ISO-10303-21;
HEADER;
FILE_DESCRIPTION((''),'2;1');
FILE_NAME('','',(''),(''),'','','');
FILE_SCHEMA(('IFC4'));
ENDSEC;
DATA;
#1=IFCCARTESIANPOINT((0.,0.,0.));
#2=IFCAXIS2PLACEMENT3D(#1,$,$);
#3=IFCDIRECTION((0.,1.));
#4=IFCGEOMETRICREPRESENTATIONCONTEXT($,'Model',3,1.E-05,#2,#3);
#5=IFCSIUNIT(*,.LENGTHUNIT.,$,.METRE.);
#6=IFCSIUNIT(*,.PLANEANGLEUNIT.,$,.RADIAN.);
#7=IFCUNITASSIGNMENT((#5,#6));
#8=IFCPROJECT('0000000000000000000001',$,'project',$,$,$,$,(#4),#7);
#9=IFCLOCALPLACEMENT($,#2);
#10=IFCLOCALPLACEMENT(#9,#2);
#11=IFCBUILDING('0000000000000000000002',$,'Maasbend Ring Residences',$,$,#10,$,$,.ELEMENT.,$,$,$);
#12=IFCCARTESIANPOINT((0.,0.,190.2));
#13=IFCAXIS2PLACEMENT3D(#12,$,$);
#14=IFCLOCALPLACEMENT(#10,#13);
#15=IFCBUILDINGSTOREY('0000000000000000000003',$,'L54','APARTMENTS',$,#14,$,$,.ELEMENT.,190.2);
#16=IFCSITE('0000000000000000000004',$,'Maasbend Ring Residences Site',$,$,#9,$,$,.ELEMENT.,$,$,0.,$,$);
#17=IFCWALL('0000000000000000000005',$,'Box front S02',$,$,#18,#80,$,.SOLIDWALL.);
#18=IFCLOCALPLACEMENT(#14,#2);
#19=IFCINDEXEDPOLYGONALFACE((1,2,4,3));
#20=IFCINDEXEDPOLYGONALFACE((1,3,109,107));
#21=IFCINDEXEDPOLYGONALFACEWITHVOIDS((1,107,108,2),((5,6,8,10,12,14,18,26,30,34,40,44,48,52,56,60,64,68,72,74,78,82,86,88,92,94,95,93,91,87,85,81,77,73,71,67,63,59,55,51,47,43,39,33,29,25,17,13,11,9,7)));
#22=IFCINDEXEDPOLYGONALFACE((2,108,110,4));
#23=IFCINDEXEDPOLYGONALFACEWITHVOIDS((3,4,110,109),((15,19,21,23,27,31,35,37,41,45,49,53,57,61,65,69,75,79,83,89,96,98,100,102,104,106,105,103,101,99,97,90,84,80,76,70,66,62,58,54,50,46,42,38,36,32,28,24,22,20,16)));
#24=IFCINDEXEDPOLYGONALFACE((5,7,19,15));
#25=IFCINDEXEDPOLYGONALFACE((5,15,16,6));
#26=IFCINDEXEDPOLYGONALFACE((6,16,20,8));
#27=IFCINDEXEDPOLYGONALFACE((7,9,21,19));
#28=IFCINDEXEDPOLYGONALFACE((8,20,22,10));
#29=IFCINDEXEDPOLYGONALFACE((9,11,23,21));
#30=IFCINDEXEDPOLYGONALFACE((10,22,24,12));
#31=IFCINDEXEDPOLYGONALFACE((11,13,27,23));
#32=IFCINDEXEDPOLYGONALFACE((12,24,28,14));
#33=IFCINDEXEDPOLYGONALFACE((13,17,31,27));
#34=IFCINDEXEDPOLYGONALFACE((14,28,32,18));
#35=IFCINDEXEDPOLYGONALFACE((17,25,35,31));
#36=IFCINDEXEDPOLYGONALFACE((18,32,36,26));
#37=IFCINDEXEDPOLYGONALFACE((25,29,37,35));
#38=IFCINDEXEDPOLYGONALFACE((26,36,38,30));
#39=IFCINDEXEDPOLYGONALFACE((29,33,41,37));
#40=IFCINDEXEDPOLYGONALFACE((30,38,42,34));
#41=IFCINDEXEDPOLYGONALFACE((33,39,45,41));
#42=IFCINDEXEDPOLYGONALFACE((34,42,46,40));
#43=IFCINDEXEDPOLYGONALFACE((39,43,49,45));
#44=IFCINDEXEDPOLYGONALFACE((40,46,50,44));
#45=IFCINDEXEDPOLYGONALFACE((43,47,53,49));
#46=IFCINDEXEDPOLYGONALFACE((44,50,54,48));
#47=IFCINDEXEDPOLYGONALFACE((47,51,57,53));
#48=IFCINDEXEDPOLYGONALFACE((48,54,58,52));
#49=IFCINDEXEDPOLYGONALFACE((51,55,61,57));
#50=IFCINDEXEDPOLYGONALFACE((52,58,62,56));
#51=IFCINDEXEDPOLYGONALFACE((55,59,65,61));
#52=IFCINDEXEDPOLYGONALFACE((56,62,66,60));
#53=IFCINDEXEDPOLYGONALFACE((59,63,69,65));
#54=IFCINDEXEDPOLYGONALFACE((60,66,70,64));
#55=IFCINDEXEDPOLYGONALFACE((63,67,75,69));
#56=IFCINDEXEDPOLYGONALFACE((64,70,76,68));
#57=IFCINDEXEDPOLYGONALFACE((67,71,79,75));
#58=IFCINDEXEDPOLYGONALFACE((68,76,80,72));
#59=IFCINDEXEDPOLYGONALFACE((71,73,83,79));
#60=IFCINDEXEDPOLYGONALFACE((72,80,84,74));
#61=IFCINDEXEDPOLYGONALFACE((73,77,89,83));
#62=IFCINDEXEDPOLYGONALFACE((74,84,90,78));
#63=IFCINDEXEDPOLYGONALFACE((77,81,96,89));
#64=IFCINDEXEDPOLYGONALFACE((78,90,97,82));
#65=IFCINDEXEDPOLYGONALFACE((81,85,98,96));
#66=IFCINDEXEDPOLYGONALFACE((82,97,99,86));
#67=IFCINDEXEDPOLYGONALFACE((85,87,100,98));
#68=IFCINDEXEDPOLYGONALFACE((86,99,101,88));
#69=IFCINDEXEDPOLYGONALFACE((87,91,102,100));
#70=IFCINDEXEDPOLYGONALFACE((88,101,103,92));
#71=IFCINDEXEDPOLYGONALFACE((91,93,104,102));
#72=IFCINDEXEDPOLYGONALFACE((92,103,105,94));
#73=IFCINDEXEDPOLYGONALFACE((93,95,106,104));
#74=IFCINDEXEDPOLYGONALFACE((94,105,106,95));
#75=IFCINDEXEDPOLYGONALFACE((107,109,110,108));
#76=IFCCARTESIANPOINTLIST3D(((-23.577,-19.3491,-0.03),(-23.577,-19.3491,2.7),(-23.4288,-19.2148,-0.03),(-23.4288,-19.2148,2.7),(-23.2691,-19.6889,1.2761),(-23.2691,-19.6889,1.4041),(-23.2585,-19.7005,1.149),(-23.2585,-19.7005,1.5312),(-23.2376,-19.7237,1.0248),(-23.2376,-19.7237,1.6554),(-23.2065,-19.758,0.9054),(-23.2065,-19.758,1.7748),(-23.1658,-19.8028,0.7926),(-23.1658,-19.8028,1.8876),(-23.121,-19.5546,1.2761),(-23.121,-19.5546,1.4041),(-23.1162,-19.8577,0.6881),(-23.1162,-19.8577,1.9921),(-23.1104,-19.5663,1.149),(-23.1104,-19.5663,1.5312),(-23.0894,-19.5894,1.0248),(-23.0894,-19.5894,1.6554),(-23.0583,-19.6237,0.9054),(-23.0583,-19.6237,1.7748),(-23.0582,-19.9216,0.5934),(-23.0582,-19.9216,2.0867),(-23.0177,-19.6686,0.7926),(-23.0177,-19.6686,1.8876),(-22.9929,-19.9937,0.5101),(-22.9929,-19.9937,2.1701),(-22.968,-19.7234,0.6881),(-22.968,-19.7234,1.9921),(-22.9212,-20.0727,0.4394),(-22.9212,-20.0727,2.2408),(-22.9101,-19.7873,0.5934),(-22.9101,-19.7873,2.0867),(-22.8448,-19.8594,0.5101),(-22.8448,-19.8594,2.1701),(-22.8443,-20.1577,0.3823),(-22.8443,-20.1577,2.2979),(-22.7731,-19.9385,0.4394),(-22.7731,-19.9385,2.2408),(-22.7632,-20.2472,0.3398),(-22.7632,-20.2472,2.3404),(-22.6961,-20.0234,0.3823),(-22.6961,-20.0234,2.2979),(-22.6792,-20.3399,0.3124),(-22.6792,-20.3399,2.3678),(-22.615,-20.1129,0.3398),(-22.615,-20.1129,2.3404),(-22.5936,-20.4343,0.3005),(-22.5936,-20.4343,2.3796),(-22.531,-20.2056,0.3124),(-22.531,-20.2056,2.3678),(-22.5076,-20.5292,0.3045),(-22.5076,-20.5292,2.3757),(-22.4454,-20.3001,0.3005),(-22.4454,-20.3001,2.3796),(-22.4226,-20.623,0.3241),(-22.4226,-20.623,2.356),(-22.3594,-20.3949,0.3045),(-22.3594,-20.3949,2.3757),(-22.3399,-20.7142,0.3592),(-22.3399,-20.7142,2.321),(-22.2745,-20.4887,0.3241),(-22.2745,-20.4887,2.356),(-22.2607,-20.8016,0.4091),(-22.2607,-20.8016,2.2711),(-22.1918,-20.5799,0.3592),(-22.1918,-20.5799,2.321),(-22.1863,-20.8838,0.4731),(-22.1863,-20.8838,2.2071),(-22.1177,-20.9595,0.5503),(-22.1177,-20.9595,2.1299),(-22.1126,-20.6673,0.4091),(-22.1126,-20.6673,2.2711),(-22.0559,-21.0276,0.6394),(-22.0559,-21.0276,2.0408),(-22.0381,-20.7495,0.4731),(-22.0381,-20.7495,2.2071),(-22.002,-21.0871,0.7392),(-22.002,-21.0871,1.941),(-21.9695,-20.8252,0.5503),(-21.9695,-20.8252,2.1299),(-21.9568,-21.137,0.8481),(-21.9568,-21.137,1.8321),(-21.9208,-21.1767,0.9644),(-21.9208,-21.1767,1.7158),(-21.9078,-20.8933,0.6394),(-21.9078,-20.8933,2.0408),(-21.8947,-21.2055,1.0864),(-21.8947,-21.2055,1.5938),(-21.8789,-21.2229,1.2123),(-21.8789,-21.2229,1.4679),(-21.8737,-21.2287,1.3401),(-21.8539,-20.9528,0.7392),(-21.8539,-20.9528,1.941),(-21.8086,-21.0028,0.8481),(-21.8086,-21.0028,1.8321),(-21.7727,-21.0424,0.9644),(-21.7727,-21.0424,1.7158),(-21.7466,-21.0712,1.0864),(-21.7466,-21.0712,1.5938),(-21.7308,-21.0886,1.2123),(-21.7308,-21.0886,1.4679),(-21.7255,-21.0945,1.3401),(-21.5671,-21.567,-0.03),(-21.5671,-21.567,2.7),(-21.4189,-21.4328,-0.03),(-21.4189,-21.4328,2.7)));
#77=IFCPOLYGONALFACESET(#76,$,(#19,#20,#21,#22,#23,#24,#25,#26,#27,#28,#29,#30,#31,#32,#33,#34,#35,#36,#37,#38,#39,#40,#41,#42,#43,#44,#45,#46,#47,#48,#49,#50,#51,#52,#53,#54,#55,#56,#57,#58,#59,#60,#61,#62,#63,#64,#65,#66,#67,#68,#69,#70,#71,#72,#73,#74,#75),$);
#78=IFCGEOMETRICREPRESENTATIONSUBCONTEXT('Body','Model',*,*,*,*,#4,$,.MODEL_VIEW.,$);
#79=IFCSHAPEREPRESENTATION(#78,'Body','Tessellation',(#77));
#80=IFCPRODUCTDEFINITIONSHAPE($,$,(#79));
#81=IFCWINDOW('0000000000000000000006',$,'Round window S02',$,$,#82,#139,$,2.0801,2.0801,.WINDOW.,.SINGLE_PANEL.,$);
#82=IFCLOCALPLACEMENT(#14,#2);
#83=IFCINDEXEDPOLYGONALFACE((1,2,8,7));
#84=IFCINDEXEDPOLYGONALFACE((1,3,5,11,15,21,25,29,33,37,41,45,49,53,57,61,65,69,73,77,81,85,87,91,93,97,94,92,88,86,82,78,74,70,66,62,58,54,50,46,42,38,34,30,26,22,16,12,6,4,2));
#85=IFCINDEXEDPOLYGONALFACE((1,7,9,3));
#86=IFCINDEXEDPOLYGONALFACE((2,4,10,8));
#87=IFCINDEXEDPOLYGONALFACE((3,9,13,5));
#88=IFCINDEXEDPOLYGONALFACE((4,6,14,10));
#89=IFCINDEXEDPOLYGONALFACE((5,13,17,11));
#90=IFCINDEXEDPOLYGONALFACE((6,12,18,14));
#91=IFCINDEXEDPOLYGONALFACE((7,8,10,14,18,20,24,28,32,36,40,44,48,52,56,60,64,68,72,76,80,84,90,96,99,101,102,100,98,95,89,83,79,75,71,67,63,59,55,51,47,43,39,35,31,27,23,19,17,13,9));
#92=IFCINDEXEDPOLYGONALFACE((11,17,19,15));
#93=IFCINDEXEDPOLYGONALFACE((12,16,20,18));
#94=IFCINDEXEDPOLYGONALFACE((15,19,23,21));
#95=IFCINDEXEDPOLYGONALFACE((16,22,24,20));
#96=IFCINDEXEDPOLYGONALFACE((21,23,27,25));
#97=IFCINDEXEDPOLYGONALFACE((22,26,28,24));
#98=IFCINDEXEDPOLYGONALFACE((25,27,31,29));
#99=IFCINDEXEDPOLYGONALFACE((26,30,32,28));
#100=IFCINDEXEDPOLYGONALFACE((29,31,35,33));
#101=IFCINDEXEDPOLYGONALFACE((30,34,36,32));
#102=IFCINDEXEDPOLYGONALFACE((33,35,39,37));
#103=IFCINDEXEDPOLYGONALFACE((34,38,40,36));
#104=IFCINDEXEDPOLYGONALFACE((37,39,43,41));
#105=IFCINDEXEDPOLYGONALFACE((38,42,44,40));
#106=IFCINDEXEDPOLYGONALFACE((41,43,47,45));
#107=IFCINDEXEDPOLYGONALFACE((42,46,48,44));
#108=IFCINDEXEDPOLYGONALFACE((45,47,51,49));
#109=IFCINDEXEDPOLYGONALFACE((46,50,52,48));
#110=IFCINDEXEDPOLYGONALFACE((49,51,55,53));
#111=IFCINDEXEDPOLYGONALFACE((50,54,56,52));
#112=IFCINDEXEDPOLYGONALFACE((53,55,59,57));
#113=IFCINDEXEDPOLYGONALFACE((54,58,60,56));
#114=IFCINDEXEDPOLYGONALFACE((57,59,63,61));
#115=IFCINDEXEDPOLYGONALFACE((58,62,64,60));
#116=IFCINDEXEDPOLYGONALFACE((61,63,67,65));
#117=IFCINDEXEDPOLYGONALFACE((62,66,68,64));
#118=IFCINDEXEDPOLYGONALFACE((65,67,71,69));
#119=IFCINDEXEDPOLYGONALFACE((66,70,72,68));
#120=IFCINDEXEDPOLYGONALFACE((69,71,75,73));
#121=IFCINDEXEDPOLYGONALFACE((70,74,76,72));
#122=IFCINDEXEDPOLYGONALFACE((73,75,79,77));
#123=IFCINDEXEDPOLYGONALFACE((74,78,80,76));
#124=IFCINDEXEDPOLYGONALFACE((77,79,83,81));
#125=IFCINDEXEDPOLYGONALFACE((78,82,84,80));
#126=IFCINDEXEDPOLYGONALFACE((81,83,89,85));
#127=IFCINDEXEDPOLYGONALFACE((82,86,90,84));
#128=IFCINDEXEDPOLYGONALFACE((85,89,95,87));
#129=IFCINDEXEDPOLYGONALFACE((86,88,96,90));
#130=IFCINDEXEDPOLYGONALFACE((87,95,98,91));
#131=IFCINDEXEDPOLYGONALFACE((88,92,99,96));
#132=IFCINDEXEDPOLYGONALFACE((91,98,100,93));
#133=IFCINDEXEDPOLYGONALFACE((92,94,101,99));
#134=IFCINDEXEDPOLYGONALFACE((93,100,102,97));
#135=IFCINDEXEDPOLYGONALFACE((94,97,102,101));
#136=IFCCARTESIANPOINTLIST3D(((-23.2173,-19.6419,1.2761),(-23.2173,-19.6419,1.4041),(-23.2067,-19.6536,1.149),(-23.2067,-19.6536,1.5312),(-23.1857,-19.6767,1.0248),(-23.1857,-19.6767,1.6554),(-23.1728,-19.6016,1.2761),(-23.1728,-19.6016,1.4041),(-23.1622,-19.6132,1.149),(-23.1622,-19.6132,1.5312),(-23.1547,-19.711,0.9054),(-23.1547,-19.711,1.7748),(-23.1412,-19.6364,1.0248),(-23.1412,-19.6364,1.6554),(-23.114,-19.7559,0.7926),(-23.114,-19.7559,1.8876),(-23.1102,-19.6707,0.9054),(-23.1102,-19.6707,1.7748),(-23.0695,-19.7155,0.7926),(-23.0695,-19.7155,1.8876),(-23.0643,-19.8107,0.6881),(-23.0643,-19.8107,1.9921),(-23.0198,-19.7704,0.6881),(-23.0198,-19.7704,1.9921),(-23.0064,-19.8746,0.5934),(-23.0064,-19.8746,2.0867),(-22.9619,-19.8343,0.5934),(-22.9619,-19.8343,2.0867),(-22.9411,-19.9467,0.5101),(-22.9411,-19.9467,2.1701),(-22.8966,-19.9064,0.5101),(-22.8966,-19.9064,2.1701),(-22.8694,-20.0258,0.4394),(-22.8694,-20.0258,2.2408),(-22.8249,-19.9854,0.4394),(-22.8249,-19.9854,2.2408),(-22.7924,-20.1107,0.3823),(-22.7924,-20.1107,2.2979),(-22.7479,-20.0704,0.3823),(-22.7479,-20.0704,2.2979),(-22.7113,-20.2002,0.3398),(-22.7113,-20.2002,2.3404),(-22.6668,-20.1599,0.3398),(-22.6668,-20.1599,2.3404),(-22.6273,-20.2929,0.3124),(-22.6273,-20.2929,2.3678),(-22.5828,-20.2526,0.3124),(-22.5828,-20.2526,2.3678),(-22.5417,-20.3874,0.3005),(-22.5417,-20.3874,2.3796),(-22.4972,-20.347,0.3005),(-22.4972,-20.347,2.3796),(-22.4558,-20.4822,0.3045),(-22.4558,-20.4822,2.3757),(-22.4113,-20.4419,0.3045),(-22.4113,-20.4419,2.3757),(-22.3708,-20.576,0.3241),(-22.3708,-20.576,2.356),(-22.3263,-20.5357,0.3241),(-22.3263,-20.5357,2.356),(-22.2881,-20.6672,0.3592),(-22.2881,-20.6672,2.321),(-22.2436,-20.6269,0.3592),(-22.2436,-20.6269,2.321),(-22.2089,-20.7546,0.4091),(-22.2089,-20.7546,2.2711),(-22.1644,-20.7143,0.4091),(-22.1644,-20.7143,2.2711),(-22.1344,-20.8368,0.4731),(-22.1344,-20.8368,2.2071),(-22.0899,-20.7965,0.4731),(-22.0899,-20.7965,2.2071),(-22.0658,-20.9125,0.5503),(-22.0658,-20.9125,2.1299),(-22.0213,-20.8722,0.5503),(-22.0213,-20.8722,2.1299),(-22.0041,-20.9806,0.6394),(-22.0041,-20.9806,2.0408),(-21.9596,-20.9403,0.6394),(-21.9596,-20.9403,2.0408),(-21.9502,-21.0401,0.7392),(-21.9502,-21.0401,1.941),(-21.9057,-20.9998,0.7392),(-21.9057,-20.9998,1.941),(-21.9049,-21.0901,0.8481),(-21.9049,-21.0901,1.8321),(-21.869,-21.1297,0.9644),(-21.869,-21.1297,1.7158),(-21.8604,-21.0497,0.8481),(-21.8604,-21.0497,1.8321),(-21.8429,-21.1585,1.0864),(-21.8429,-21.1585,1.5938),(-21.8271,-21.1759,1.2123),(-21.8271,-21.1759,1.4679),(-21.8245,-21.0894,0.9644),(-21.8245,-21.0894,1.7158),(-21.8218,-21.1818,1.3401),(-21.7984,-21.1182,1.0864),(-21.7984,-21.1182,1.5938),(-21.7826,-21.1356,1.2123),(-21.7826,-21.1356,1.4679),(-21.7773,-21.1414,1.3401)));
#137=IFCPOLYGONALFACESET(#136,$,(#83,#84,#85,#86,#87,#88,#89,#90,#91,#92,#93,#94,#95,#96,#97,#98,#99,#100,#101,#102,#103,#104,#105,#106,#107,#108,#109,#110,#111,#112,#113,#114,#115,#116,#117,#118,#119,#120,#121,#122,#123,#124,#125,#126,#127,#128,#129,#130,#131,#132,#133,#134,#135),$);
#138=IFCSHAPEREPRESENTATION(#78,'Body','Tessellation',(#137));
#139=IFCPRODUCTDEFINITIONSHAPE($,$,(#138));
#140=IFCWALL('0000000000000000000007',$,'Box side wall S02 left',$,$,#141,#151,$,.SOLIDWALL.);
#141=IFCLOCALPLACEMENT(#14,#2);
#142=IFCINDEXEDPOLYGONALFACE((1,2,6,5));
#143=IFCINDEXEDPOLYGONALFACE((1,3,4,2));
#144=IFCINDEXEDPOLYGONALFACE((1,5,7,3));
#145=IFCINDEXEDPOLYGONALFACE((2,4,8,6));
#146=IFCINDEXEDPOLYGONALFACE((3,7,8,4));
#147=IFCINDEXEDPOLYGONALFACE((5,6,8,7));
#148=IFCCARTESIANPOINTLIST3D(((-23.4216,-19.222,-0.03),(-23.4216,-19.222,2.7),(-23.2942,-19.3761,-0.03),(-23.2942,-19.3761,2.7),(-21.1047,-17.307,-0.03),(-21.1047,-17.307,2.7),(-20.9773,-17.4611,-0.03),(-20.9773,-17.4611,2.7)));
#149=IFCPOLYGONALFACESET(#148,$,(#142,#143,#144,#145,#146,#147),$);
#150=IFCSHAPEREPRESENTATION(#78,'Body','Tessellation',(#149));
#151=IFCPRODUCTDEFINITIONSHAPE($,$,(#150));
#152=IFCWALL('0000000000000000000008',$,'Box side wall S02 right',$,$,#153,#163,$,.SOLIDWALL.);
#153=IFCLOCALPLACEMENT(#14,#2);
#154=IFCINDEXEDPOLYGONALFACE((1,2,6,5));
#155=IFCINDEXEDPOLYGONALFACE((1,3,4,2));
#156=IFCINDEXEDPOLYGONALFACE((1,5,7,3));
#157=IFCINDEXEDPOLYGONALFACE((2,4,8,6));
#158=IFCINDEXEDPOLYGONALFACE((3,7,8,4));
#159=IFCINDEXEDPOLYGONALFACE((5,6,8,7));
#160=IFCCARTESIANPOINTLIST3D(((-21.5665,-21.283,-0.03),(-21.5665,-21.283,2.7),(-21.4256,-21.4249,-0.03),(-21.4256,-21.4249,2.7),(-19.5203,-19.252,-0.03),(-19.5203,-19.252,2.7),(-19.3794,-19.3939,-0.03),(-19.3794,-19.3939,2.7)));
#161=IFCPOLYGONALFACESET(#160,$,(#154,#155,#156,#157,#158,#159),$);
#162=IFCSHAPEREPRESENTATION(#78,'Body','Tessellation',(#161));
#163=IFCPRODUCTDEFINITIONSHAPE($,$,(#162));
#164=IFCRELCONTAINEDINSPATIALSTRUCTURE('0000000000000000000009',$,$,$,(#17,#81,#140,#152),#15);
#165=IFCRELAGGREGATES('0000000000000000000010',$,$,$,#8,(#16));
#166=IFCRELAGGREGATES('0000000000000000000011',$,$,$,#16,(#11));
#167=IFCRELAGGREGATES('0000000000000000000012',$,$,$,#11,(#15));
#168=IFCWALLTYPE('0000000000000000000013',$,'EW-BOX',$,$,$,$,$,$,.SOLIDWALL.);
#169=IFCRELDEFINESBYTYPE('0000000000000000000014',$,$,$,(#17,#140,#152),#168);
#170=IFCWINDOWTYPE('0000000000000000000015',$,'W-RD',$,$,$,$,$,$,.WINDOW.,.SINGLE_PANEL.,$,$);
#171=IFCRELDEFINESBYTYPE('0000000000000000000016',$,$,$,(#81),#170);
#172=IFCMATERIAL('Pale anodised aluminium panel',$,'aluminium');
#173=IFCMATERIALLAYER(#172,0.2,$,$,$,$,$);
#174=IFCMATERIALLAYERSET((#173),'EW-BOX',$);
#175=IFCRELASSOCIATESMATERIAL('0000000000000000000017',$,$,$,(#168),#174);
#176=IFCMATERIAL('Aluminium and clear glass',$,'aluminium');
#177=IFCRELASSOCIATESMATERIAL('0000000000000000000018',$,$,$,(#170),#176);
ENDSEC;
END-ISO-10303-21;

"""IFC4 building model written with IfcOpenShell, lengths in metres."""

from ifc_helpers import new_model, si_unit, direction, frame, frame_2d, origin, place, context, subcontext, project, spatial, rectangle, circle, extrude, material, layer, layer_set, type_object, element, fill, save


model = new_model("IFC4")

# Units and contexts
model_context = context("Model", 3, precision=1e-05, world=origin(), true_north=direction((0.0, 1.0)))
body_context = subcontext(model_context, "Body", "Model", "MODEL_VIEW")
ifc_project = project(units=[si_unit("LENGTHUNIT", "METRE"), si_unit("PLANEANGLEUNIT", "RADIAN")], contexts=[model_context])

# Site, building, storey
site_placement = place(None, origin())
site = spatial("IfcSite", under=ifc_project, at=site_placement, Name="Maasbend Ring Residences Site", CompositionType="ELEMENT", RefElevation=0.0)
building_placement = place(site_placement, origin())
building = spatial("IfcBuilding", under=site, at=building_placement, Name="Maasbend Ring Residences", CompositionType="ELEMENT")
storey_placement = place(building_placement, frame((0.0, 0.0, 190.2)))
storey = spatial("IfcBuildingStorey", under=building, at=storey_placement, Name="L54", Description="APARTMENTS", CompositionType="ELEMENT", Elevation=190.2)

# Wall, opening, window
ifc_material_1 = material(Name="Pale anodised aluminium panel", Category="aluminium")
ifc_layer_1 = layer(ifc_material_1, 0.2)
ifc_layer_set_1 = layer_set([ifc_layer_1], Name="EW-BOX")
wall_type_1 = type_object("IfcWallType", Name="EW-BOX", PredefinedType="SOLIDWALL", material=ifc_layer_set_1)
wall_1_placement = place(storey_placement, frame((-23.5029, -19.282, -0.03), z_axis=(0.0, 0.0, 1.0), x_axis=(0.671507, -0.740998, 0.0)))
wall_1 = element("IfcWall", 1, at=wall_1_placement, inside=storey, type_object=wall_type_1, Name="Box front S02", PredefinedType="SOLIDWALL", context=body_context, shape_type="SweptSolid", body=[
    extrude(rectangle(XDim=2.9932, YDim=0.2, at=frame_2d((1.4966, 0.0))), origin(), (0.0, 0.0, 1.0), 2.73),
])
opening_1_placement = place(wall_1_placement, frame((0.4565, 0.0, 0.3301)))
opening_1 = element("IfcOpeningElement", 2, at=opening_1_placement, cuts=wall_1, PredefinedType="OPENING", context=body_context, shape_type="SweptSolid", body=[
    extrude(circle(Radius=1.04, at=frame_2d((1.04, 1.04))), frame((0.0, 0.1099, 0.0), z_axis=(0.0, -1.0, 0.0), x_axis=(1.0, 0.0, 0.0)), (0.0, 0.0, 1.0), 0.22),
])
ifc_material_2 = material(Name="Aluminium and clear glass", Category="aluminium")
window_type_1 = type_object("IfcWindowType", Name="W-RD", PartitioningType="SINGLE_PANEL", PredefinedType="WINDOW", material=ifc_material_2)
window_1_placement = place(opening_1_placement, origin())
window_1 = element("IfcWindow", 3, at=window_1_placement, inside=storey, type_object=window_type_1, Name="Round window S02", OverallHeight=2.0801, OverallWidth=2.0801, PartitioningType="SINGLE_PANEL", PredefinedType="WINDOW", context=body_context, shape_type="SweptSolid", body=[
    extrude(circle(Radius=1.04, at=frame_2d((1.04, 1.04))), frame((0.0, 0.03, 0.0), z_axis=(0.0, -1.0, 0.0), x_axis=(1.0, 0.0, 0.0)), (0.0, 0.0, 1.0), 0.0601),
])
fill(opening_1, window_1)

# Walls
wall_2_placement = place(storey_placement, frame((-21.041, -17.384, -0.03), z_axis=(0.0, 0.0, 1.0), x_axis=(-0.770785, -0.637096, 0.0)))
element("IfcWall", 4, at=wall_2_placement, inside=storey, type_object=wall_type_1, Name="Box side wall S02 left", PredefinedType="SOLIDWALL", context=body_context, shape_type="SweptSolid", body=[
    extrude(rectangle(XDim=3.0059, YDim=0.2, at=frame_2d((1.5029, 0.0))), origin(), (0.0, 0.0, 1.0), 2.73),
])
wall_3_placement = place(storey_placement, frame((-19.45, -19.323, -0.03), z_axis=(0.0, 0.0, 1.0), x_axis=(-0.709727, -0.704477, 0.0)))
element("IfcWall", 5, at=wall_3_placement, inside=storey, type_object=wall_type_1, Name="Box side wall S02 right", PredefinedType="SOLIDWALL", context=body_context, shape_type="SweptSolid", body=[
    extrude(rectangle(XDim=2.8831, YDim=0.2, at=frame_2d((1.4414, 0.0))), origin(), (0.0, 0.0, 1.0), 2.73),
])

save(model, "model.ifc")
